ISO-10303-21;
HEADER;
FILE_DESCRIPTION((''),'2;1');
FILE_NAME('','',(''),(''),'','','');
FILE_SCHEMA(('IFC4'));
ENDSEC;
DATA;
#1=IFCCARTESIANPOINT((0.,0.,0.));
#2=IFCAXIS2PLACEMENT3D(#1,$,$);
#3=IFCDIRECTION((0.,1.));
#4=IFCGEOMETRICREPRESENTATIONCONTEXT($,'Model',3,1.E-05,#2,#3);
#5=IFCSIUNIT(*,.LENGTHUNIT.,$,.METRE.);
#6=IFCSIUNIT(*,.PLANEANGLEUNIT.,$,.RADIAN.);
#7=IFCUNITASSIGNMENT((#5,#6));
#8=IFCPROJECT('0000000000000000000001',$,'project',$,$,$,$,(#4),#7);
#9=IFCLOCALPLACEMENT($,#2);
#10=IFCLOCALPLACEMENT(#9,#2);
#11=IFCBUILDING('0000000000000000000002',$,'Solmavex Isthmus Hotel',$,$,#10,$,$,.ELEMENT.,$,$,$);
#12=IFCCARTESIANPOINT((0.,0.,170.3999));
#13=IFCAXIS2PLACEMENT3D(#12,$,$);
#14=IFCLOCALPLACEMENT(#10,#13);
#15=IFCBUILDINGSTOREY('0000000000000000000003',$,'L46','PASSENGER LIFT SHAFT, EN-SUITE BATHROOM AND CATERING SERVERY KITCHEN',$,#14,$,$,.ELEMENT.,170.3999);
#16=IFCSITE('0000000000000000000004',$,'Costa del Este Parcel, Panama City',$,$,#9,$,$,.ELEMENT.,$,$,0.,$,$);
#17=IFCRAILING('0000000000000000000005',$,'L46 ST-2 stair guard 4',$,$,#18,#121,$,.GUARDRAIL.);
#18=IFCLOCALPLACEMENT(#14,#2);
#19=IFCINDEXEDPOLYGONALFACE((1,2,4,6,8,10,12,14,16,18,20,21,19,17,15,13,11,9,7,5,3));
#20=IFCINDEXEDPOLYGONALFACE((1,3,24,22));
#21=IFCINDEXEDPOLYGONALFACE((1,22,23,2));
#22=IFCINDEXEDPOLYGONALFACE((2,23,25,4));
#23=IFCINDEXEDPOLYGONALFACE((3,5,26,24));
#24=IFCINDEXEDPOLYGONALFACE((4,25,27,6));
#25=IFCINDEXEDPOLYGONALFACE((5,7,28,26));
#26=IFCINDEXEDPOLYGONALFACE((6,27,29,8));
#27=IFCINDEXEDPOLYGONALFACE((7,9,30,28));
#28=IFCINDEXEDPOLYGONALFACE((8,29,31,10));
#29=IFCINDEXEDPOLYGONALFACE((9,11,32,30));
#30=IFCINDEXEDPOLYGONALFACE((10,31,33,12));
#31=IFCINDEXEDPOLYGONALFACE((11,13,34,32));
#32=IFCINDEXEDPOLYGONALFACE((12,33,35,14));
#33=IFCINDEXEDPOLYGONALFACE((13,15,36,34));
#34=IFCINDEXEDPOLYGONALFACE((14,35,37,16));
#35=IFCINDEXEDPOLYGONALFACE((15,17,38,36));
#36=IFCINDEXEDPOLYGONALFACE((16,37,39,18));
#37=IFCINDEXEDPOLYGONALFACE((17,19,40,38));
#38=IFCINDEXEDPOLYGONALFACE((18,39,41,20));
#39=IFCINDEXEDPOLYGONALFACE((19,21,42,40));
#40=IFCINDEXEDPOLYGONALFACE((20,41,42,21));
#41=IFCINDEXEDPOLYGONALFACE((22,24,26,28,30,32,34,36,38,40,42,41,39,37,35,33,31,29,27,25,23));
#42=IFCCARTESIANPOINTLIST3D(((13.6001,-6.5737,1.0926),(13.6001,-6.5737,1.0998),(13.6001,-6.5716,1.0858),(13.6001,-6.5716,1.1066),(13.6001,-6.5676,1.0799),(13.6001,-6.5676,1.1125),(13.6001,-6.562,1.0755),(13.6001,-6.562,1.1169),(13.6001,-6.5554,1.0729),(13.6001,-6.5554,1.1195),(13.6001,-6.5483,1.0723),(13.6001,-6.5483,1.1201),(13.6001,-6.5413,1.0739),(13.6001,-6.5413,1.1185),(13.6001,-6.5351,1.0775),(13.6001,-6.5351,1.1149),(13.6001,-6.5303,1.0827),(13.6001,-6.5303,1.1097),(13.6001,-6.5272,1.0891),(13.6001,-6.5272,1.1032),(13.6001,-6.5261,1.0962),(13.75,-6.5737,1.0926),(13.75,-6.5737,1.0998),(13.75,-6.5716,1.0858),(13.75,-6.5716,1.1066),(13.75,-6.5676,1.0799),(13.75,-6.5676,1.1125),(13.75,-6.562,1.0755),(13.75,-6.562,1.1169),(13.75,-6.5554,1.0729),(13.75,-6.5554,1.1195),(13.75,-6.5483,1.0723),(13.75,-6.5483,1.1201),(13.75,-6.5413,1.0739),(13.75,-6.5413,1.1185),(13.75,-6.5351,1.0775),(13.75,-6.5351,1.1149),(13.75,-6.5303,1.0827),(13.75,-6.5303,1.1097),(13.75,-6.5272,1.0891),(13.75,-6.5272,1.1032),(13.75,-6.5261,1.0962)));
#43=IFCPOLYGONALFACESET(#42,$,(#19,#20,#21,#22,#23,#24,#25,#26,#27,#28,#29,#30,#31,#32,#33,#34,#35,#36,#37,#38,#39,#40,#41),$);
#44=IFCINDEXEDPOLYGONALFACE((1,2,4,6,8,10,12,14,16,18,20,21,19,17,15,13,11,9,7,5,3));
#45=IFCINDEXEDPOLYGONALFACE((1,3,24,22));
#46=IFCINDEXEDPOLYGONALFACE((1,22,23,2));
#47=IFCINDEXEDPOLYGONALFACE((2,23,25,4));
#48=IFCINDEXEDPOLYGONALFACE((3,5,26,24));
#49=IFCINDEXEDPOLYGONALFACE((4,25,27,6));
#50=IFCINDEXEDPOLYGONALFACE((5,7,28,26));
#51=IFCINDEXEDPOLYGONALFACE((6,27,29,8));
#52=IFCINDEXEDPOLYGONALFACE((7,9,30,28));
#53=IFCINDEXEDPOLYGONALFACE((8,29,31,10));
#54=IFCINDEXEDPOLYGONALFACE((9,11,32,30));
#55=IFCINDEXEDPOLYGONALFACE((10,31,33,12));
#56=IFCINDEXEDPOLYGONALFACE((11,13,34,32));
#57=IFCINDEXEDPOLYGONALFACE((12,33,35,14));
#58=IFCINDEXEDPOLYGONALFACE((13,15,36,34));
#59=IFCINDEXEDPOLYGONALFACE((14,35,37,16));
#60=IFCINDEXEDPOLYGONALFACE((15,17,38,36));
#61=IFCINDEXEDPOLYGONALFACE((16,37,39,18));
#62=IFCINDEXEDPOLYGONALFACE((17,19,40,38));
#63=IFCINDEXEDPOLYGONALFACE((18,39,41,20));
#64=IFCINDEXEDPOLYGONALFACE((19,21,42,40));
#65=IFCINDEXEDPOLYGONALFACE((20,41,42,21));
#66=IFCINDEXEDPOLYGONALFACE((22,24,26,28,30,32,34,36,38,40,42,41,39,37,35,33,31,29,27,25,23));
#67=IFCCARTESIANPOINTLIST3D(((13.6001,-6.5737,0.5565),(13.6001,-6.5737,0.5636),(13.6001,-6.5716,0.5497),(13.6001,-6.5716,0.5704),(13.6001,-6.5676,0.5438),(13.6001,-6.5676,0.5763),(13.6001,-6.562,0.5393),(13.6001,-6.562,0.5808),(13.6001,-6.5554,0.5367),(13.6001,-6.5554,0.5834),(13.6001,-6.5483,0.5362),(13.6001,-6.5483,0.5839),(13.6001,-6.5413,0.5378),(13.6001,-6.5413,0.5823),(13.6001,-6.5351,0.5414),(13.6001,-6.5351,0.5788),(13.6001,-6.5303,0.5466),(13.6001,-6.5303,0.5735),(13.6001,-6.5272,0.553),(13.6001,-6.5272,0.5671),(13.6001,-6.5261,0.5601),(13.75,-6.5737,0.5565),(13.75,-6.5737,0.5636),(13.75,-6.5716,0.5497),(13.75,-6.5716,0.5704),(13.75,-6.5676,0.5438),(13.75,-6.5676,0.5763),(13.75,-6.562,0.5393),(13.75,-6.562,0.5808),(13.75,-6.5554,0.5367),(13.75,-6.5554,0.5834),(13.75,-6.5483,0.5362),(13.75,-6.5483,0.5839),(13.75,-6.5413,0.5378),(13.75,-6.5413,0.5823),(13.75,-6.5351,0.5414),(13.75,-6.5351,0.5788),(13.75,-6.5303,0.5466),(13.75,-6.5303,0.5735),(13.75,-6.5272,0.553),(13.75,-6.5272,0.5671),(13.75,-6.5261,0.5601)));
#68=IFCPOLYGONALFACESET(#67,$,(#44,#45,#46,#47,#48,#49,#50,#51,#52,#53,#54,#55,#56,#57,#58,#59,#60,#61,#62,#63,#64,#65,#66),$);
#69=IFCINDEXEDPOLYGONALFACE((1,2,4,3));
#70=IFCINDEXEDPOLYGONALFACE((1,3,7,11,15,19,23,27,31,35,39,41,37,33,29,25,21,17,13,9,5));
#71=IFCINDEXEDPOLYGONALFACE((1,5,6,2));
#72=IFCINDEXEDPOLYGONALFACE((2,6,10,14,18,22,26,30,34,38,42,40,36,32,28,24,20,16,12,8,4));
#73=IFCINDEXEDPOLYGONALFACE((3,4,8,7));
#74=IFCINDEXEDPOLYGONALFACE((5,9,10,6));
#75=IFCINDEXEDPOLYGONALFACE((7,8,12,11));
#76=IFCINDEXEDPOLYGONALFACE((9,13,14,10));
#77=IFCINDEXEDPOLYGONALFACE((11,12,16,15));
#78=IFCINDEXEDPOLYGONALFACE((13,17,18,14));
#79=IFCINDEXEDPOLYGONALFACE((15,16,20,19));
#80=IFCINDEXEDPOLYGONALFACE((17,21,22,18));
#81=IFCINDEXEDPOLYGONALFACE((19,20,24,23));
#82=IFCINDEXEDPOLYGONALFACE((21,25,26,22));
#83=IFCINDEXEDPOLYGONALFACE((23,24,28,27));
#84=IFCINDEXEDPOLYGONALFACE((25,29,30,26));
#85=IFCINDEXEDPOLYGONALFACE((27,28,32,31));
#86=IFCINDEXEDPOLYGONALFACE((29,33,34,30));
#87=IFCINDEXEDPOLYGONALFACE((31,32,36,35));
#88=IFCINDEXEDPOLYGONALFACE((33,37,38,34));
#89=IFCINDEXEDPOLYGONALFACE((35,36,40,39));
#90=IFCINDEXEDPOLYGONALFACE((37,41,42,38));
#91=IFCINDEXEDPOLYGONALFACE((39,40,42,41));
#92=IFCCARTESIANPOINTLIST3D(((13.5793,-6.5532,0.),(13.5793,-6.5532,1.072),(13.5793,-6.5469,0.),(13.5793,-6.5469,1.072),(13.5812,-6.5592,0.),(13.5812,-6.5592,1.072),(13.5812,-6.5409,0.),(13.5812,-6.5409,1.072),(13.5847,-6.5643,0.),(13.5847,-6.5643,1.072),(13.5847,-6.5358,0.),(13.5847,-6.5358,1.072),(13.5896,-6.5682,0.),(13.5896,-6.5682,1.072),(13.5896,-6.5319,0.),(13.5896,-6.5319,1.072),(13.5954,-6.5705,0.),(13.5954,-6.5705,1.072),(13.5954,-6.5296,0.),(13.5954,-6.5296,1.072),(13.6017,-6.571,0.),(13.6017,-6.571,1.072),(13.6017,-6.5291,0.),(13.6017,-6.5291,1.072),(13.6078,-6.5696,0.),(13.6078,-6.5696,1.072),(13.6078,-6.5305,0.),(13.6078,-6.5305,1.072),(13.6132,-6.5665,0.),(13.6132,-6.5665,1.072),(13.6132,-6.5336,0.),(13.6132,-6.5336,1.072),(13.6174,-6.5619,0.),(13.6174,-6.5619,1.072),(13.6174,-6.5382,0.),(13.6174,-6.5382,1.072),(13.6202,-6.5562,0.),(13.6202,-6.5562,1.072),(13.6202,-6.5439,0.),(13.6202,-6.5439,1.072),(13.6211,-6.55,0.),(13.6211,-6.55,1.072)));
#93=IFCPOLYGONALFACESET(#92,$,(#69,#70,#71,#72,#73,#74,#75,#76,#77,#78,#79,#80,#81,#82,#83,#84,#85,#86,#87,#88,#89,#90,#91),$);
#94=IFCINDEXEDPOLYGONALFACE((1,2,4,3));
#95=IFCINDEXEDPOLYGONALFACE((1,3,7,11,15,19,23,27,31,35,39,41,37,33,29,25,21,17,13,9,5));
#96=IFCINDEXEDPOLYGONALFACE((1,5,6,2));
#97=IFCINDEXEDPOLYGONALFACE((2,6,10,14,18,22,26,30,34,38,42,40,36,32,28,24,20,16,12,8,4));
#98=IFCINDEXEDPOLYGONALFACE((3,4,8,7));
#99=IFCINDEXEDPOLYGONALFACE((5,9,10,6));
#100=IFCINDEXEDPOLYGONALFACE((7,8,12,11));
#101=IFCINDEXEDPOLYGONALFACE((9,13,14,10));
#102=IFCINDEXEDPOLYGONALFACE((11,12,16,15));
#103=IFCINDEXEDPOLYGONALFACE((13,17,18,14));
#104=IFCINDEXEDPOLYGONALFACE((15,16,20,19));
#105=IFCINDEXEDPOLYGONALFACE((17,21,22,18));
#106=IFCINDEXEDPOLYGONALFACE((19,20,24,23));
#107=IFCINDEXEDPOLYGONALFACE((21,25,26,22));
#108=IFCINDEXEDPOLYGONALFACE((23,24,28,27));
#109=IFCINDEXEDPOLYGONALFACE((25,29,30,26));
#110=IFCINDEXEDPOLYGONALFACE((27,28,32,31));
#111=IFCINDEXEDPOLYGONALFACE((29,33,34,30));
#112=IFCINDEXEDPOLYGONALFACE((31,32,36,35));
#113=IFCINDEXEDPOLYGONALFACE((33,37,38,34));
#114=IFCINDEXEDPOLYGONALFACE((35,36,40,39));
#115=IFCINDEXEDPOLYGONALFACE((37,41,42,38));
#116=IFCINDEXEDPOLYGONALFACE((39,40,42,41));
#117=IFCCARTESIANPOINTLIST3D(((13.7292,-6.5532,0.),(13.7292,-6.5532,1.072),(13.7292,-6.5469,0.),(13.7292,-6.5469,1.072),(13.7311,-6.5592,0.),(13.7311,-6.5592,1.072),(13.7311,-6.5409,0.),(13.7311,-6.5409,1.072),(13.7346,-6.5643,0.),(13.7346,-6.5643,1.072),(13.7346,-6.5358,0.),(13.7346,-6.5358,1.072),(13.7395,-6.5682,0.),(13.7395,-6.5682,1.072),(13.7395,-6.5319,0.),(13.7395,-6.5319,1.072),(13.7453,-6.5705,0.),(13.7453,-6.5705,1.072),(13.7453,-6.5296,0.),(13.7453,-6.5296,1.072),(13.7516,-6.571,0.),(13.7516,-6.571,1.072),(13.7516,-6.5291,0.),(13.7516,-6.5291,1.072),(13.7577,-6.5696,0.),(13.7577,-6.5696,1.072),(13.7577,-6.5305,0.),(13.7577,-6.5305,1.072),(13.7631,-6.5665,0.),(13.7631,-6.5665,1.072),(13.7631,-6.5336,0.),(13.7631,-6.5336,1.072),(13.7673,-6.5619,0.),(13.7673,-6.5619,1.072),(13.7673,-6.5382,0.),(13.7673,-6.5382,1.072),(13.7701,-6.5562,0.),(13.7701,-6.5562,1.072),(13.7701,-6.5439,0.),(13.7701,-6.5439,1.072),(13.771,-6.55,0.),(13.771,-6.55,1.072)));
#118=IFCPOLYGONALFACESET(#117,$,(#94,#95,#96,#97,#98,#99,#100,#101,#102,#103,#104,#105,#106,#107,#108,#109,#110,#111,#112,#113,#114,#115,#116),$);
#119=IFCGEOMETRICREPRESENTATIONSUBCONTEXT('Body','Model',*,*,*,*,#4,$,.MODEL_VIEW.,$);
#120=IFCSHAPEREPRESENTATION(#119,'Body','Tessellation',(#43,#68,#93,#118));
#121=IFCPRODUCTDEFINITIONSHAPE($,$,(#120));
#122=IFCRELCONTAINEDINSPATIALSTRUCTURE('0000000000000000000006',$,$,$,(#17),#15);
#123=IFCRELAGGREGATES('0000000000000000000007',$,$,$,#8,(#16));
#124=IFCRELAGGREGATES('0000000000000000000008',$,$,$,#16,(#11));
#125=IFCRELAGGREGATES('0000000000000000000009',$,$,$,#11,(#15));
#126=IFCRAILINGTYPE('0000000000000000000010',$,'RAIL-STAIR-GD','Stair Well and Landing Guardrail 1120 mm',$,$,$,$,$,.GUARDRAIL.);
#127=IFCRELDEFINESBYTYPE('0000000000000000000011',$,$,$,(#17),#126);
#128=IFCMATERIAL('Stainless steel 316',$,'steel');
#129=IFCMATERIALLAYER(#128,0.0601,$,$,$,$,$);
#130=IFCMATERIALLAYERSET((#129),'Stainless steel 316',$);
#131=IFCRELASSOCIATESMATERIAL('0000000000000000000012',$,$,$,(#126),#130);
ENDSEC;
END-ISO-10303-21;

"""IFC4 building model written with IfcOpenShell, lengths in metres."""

from ifc_helpers import new_model, si_unit, direction, frame, origin, origin_2d, place, context, subcontext, project, spatial, circle, extrude, material, layer, layer_set, type_object, element, save


model = new_model("IFC4")

# Units and contexts
model_context = context("Model", 3, precision=1e-05, world=origin(), true_north=direction((0.0, 1.0)))
body_context = subcontext(model_context, "Body", "Model", "MODEL_VIEW")
ifc_project = project(units=[si_unit("LENGTHUNIT", "METRE"), si_unit("PLANEANGLEUNIT", "RADIAN")], contexts=[model_context])

# Site, building, storey
site_placement = place(None, origin())
site = spatial("IfcSite", under=ifc_project, at=site_placement, Name="Costa del Este Parcel, Panama City", CompositionType="ELEMENT", RefElevation=0.0)
building_placement = place(site_placement, origin())
building = spatial("IfcBuilding", under=site, at=building_placement, Name="Solmavex Isthmus Hotel", CompositionType="ELEMENT")
storey_placement = place(building_placement, frame((0.0, 0.0, 170.3999)))
storey = spatial("IfcBuildingStorey", under=building, at=storey_placement, Name="L46", Description="PASSENGER LIFT SHAFT, EN-SUITE BATHROOM AND CATERING SERVERY KITCHEN", CompositionType="ELEMENT", Elevation=170.3999)

# Shared definitions
ifc_material_1 = material(Name="Stainless steel 316", Category="steel")

# Railing
ifc_layer_1 = layer(ifc_material_1, 0.0601)
ifc_layer_set_1 = layer_set([ifc_layer_1], Name="Stainless steel 316")
railing_type_1 = type_object("IfcRailingType", Name="RAIL-STAIR-GD", Description="Stair Well and Landing Guardrail 1120 mm", PredefinedType="GUARDRAIL", material=ifc_layer_set_1)
railing_1_placement = place(storey_placement, frame((13.6001, -6.55, 0.0)))
element("IfcRailing", 1, at=railing_1_placement, inside=storey, type_object=railing_type_1, Name="L46 ST-2 stair guard 4", PredefinedType="GUARDRAIL", context=body_context, shape_type="SweptSolid", body=[
    extrude(circle(Radius=0.0239, at=origin_2d()), frame((0.0, 0.0, 1.0962), z_axis=(1.0, 0.0, 0.0), x_axis=(0.0, 1.0, 0.0)), (0.0, 0.0, 1.0), 0.1499),
    extrude(circle(Radius=0.0239, at=origin_2d()), frame((0.0, 0.0, 0.5601), z_axis=(1.0, 0.0, 0.0), x_axis=(0.0, 1.0, 0.0)), (0.0, 0.0, 1.0), 0.1499),
    extrude(circle(Radius=0.021, at=origin_2d()), origin(), (0.0, 0.0, 1.0), 1.072),
    extrude(circle(Radius=0.021, at=origin_2d()), frame((0.1499, 0.0, 0.0)), (0.0, 0.0, 1.0), 1.072),
])

save(model, "model.ifc")
